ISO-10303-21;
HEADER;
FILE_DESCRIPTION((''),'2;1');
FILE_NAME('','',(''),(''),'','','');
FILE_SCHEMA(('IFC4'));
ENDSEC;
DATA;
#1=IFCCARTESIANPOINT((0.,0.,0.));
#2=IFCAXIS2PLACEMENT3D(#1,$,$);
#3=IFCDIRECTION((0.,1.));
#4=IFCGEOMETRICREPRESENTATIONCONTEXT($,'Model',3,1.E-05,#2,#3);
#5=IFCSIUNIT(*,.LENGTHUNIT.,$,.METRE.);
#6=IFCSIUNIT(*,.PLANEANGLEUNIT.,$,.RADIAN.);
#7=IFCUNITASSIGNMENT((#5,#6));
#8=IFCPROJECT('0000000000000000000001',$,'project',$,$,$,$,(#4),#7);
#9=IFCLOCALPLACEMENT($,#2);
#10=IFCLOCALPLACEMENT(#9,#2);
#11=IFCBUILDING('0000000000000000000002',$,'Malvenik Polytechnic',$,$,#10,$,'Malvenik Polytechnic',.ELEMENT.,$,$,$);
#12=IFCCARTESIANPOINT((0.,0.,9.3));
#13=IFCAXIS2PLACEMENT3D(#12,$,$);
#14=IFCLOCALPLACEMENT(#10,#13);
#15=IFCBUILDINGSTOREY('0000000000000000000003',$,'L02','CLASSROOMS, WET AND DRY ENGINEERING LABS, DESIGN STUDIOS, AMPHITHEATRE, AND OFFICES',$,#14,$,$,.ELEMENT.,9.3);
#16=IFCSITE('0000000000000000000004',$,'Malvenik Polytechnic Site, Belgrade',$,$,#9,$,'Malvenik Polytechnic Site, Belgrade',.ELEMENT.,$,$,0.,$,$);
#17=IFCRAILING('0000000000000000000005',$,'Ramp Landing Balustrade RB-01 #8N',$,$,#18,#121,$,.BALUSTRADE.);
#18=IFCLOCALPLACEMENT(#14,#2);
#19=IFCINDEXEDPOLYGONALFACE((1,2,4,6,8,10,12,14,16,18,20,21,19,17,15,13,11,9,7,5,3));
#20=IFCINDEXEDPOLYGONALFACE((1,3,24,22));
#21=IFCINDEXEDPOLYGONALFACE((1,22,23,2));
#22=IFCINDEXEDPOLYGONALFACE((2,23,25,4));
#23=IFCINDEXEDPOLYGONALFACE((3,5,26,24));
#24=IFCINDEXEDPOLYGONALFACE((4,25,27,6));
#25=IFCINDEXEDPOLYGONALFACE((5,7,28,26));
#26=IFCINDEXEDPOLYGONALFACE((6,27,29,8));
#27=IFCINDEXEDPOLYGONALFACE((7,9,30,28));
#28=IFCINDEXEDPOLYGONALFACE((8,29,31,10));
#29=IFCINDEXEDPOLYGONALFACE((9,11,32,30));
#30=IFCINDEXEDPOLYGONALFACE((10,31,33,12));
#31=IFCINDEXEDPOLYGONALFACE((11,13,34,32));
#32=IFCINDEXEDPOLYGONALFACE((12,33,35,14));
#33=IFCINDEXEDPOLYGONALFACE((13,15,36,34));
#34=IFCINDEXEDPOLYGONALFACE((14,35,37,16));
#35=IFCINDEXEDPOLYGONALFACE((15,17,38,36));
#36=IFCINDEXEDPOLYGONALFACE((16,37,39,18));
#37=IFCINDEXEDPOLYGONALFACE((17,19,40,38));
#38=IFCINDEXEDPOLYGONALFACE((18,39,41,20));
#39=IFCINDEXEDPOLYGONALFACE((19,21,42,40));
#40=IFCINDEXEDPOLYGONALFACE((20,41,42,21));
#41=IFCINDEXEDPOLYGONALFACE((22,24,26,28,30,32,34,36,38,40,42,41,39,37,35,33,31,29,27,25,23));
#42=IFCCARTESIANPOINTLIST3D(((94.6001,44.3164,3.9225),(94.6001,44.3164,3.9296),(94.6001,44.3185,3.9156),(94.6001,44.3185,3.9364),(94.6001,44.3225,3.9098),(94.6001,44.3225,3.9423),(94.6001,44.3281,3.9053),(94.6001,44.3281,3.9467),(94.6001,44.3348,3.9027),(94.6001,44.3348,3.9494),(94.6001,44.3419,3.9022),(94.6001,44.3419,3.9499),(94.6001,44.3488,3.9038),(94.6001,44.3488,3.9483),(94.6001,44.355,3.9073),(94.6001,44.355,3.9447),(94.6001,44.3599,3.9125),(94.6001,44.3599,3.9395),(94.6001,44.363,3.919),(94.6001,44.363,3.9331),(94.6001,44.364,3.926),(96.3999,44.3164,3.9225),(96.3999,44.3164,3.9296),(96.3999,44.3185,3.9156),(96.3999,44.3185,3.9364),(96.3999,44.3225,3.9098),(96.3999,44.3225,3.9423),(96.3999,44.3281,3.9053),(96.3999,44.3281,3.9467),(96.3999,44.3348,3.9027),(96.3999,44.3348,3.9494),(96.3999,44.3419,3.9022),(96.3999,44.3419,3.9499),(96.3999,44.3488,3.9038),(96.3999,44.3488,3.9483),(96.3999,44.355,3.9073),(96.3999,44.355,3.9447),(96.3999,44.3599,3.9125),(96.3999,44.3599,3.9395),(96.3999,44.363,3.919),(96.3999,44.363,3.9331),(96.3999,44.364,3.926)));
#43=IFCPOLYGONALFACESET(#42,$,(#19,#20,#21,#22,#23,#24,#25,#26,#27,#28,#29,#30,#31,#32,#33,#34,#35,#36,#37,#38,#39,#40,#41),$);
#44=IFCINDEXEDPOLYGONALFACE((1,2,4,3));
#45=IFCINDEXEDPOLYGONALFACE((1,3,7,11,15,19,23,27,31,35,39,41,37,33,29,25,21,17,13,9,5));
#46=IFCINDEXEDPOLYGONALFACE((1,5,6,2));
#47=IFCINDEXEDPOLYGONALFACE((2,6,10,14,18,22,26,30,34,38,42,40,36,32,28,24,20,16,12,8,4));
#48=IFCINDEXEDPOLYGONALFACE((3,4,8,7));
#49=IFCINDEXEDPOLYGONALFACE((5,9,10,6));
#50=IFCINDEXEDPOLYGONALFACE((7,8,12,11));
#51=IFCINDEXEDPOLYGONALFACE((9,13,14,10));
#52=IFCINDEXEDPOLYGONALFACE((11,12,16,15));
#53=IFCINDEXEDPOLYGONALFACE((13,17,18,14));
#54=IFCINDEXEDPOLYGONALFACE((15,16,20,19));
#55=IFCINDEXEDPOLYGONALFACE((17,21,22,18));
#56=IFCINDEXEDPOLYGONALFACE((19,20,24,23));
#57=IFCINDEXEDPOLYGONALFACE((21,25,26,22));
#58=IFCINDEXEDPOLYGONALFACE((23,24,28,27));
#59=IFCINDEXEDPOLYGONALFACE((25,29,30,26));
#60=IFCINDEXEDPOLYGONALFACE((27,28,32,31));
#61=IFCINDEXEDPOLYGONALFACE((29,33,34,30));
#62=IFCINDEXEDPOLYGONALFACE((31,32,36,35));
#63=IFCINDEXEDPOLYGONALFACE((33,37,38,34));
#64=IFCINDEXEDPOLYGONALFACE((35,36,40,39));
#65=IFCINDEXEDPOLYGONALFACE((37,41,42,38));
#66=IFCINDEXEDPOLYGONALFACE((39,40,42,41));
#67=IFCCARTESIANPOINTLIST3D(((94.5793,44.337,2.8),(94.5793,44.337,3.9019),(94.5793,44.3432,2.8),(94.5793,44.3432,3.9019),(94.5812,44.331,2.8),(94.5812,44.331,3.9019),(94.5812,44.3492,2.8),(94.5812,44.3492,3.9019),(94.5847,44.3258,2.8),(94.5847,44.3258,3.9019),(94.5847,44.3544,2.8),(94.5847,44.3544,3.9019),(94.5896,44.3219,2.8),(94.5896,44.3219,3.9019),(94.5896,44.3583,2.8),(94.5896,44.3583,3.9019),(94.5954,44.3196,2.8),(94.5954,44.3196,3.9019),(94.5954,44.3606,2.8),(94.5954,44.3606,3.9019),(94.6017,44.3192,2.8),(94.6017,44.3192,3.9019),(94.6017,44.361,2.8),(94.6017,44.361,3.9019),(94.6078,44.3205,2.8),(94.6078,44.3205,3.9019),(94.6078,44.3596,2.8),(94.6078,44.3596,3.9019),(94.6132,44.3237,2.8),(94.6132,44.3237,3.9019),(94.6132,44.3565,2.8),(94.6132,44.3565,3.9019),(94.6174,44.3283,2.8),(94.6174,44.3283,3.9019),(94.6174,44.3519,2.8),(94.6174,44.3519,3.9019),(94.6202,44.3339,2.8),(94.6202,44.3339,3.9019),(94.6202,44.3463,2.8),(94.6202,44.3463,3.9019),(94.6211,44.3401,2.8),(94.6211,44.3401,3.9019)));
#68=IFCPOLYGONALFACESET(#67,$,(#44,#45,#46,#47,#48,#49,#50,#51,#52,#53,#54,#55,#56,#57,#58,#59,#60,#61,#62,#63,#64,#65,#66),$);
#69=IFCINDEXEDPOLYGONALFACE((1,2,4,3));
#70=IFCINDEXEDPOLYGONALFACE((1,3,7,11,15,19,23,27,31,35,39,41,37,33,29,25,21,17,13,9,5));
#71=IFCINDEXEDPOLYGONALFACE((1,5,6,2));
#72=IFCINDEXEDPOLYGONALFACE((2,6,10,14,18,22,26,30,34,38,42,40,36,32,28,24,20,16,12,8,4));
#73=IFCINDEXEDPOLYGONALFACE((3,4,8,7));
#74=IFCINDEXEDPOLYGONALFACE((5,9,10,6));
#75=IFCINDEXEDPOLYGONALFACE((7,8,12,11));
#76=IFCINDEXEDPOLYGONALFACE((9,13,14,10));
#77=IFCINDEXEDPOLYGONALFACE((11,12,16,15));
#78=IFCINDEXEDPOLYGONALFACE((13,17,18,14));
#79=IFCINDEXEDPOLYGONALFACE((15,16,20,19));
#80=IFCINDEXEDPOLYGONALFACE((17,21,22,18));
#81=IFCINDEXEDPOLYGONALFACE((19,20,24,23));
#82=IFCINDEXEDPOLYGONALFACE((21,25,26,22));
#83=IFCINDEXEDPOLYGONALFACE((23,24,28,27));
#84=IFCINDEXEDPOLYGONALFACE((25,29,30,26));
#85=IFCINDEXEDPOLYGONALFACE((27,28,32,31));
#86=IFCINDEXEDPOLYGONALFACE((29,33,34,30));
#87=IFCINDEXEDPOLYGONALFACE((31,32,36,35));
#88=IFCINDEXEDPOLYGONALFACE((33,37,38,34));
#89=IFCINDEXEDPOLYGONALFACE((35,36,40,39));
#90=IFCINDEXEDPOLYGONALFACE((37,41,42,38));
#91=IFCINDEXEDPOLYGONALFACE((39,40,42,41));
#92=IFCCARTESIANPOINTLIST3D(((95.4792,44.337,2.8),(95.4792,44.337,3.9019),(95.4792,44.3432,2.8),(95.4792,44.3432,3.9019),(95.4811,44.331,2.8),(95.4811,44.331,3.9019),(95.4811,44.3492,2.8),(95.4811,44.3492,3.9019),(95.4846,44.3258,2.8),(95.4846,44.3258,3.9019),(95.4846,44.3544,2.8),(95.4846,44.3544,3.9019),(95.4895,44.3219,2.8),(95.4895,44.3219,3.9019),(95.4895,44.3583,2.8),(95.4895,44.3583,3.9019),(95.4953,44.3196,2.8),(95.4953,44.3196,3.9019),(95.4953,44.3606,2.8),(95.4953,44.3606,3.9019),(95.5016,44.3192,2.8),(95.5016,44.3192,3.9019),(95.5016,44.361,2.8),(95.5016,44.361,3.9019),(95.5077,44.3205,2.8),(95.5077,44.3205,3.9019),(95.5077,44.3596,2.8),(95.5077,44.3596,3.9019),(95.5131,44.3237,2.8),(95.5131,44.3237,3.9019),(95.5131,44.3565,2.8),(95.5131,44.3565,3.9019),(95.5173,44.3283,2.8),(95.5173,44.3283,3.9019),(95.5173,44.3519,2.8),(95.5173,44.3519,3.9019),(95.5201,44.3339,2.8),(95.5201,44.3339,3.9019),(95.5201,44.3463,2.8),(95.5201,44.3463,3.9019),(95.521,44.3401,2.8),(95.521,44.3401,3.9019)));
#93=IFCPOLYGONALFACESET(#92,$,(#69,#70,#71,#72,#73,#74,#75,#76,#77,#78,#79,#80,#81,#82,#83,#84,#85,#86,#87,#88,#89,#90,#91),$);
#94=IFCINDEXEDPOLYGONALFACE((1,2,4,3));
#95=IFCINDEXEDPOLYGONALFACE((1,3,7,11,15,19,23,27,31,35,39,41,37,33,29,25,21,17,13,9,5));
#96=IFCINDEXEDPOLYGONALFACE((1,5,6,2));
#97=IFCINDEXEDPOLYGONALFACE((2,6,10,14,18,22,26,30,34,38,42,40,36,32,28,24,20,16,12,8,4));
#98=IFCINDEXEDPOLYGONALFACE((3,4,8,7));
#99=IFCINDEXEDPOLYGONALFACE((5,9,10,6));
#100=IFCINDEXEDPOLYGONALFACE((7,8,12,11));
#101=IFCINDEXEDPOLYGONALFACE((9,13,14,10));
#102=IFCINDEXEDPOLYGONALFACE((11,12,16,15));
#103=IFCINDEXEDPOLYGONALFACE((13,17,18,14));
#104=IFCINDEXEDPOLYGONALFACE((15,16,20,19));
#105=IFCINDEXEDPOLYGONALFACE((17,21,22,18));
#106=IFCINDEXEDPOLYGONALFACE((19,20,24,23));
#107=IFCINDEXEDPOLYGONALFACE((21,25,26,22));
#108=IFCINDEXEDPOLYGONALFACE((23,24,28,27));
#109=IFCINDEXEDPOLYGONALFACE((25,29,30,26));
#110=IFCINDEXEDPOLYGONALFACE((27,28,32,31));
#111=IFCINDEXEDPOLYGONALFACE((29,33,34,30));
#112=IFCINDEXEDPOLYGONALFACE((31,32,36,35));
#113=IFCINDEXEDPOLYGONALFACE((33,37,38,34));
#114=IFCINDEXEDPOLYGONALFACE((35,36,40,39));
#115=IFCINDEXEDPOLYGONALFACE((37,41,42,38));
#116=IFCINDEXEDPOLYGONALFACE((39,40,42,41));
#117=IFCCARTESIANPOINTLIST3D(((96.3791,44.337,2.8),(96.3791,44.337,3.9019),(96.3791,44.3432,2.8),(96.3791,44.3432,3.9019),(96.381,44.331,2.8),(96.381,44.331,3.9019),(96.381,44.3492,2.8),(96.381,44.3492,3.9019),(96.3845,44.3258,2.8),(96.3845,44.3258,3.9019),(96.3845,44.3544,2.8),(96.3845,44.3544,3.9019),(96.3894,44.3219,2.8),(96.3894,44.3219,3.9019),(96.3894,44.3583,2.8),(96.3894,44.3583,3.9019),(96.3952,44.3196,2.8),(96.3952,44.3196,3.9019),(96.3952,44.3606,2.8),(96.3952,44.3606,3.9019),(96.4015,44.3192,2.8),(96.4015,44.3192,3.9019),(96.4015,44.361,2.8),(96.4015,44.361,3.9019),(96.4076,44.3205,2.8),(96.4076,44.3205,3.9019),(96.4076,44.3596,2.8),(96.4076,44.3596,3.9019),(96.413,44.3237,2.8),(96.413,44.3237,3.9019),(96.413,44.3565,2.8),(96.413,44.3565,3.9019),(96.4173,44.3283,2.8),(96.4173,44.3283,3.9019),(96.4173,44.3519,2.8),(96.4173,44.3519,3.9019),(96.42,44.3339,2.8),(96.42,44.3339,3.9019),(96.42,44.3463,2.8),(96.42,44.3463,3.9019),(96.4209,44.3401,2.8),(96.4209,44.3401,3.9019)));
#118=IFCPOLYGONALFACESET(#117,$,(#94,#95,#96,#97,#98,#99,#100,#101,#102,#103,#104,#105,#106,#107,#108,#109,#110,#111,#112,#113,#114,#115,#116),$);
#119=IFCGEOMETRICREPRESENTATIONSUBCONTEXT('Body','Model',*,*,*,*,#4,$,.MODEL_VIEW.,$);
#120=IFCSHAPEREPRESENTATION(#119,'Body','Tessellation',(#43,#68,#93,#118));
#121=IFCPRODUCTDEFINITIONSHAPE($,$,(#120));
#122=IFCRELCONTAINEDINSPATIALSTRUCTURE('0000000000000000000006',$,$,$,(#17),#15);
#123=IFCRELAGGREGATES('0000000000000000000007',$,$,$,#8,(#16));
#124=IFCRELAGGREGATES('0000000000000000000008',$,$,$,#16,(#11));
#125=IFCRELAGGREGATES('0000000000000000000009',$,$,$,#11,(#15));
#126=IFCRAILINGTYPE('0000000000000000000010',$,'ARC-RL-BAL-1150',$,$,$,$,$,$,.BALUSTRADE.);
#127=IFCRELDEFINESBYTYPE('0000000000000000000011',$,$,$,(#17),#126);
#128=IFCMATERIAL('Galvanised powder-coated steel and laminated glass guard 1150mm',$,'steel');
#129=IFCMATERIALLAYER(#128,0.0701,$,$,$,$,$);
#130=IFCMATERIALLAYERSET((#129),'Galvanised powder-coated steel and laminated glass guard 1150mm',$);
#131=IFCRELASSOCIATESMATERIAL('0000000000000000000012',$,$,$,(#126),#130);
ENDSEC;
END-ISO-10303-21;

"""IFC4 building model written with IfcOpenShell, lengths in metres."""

from ifc_helpers import new_model, si_unit, direction, frame, origin, origin_2d, place, context, subcontext, project, spatial, circle, extrude, material, layer, layer_set, type_object, element, save


model = new_model("IFC4")

# Units and contexts
model_context = context("Model", 3, precision=1e-05, world=origin(), true_north=direction((0.0, 1.0)))
body_context = subcontext(model_context, "Body", "Model", "MODEL_VIEW")
ifc_project = project(units=[si_unit("LENGTHUNIT", "METRE"), si_unit("PLANEANGLEUNIT", "RADIAN")], contexts=[model_context])

# Site, building, storey
site_placement = place(None, origin())
site = spatial("IfcSite", under=ifc_project, at=site_placement, Name="Malvenik Polytechnic Site, Belgrade", LongName="Malvenik Polytechnic Site, Belgrade", CompositionType="ELEMENT", RefElevation=0.0)
building_placement = place(site_placement, origin())
building = spatial("IfcBuilding", under=site, at=building_placement, Name="Malvenik Polytechnic", LongName="Malvenik Polytechnic", CompositionType="ELEMENT")
storey_placement = place(building_placement, frame((0.0, 0.0, 9.3)))
storey = spatial("IfcBuildingStorey", under=building, at=storey_placement, Name="L02", Description="CLASSROOMS, WET AND DRY ENGINEERING LABS, DESIGN STUDIOS, AMPHITHEATRE, AND OFFICES", CompositionType="ELEMENT", Elevation=9.3)

# Railing
ifc_material_1 = material(Name="Galvanised powder-coated steel and laminated glass guard 1150mm", Category="steel")
ifc_layer_1 = layer(ifc_material_1, 0.0701)
ifc_layer_set_1 = layer_set([ifc_layer_1], Name="Galvanised powder-coated steel and laminated glass guard 1150mm")
railing_type_1 = type_object("IfcRailingType", Name="ARC-RL-BAL-1150", PredefinedType="BALUSTRADE", material=ifc_layer_set_1)
railing_1_placement = place(storey_placement, frame((94.6001, 44.3401, 2.8)))
element("IfcRailing", 1, at=railing_1_placement, inside=storey, type_object=railing_type_1, Name="Ramp Landing Balustrade RB-01 #8N", PredefinedType="BALUSTRADE", context=body_context, shape_type="SweptSolid", body=[
    extrude(circle(Radius=0.0239, at=origin_2d()), frame((0.0, 0.0, 1.126), z_axis=(1.0, 0.0, 0.0), x_axis=(0.0, 1.0, 0.0)), (0.0, 0.0, 1.0), 1.7998),
    extrude(circle(Radius=0.021, at=origin_2d()), origin(), (0.0, 0.0, 1.0), 1.1018),
    extrude(circle(Radius=0.021, at=origin_2d()), frame((0.8999, 0.0, 0.0)), (0.0, 0.0, 1.0), 1.1018),
    extrude(circle(Radius=0.021, at=origin_2d()), frame((1.7998, 0.0, 0.0)), (0.0, 0.0, 1.0), 1.1018),
])

save(model, "model.ifc")
